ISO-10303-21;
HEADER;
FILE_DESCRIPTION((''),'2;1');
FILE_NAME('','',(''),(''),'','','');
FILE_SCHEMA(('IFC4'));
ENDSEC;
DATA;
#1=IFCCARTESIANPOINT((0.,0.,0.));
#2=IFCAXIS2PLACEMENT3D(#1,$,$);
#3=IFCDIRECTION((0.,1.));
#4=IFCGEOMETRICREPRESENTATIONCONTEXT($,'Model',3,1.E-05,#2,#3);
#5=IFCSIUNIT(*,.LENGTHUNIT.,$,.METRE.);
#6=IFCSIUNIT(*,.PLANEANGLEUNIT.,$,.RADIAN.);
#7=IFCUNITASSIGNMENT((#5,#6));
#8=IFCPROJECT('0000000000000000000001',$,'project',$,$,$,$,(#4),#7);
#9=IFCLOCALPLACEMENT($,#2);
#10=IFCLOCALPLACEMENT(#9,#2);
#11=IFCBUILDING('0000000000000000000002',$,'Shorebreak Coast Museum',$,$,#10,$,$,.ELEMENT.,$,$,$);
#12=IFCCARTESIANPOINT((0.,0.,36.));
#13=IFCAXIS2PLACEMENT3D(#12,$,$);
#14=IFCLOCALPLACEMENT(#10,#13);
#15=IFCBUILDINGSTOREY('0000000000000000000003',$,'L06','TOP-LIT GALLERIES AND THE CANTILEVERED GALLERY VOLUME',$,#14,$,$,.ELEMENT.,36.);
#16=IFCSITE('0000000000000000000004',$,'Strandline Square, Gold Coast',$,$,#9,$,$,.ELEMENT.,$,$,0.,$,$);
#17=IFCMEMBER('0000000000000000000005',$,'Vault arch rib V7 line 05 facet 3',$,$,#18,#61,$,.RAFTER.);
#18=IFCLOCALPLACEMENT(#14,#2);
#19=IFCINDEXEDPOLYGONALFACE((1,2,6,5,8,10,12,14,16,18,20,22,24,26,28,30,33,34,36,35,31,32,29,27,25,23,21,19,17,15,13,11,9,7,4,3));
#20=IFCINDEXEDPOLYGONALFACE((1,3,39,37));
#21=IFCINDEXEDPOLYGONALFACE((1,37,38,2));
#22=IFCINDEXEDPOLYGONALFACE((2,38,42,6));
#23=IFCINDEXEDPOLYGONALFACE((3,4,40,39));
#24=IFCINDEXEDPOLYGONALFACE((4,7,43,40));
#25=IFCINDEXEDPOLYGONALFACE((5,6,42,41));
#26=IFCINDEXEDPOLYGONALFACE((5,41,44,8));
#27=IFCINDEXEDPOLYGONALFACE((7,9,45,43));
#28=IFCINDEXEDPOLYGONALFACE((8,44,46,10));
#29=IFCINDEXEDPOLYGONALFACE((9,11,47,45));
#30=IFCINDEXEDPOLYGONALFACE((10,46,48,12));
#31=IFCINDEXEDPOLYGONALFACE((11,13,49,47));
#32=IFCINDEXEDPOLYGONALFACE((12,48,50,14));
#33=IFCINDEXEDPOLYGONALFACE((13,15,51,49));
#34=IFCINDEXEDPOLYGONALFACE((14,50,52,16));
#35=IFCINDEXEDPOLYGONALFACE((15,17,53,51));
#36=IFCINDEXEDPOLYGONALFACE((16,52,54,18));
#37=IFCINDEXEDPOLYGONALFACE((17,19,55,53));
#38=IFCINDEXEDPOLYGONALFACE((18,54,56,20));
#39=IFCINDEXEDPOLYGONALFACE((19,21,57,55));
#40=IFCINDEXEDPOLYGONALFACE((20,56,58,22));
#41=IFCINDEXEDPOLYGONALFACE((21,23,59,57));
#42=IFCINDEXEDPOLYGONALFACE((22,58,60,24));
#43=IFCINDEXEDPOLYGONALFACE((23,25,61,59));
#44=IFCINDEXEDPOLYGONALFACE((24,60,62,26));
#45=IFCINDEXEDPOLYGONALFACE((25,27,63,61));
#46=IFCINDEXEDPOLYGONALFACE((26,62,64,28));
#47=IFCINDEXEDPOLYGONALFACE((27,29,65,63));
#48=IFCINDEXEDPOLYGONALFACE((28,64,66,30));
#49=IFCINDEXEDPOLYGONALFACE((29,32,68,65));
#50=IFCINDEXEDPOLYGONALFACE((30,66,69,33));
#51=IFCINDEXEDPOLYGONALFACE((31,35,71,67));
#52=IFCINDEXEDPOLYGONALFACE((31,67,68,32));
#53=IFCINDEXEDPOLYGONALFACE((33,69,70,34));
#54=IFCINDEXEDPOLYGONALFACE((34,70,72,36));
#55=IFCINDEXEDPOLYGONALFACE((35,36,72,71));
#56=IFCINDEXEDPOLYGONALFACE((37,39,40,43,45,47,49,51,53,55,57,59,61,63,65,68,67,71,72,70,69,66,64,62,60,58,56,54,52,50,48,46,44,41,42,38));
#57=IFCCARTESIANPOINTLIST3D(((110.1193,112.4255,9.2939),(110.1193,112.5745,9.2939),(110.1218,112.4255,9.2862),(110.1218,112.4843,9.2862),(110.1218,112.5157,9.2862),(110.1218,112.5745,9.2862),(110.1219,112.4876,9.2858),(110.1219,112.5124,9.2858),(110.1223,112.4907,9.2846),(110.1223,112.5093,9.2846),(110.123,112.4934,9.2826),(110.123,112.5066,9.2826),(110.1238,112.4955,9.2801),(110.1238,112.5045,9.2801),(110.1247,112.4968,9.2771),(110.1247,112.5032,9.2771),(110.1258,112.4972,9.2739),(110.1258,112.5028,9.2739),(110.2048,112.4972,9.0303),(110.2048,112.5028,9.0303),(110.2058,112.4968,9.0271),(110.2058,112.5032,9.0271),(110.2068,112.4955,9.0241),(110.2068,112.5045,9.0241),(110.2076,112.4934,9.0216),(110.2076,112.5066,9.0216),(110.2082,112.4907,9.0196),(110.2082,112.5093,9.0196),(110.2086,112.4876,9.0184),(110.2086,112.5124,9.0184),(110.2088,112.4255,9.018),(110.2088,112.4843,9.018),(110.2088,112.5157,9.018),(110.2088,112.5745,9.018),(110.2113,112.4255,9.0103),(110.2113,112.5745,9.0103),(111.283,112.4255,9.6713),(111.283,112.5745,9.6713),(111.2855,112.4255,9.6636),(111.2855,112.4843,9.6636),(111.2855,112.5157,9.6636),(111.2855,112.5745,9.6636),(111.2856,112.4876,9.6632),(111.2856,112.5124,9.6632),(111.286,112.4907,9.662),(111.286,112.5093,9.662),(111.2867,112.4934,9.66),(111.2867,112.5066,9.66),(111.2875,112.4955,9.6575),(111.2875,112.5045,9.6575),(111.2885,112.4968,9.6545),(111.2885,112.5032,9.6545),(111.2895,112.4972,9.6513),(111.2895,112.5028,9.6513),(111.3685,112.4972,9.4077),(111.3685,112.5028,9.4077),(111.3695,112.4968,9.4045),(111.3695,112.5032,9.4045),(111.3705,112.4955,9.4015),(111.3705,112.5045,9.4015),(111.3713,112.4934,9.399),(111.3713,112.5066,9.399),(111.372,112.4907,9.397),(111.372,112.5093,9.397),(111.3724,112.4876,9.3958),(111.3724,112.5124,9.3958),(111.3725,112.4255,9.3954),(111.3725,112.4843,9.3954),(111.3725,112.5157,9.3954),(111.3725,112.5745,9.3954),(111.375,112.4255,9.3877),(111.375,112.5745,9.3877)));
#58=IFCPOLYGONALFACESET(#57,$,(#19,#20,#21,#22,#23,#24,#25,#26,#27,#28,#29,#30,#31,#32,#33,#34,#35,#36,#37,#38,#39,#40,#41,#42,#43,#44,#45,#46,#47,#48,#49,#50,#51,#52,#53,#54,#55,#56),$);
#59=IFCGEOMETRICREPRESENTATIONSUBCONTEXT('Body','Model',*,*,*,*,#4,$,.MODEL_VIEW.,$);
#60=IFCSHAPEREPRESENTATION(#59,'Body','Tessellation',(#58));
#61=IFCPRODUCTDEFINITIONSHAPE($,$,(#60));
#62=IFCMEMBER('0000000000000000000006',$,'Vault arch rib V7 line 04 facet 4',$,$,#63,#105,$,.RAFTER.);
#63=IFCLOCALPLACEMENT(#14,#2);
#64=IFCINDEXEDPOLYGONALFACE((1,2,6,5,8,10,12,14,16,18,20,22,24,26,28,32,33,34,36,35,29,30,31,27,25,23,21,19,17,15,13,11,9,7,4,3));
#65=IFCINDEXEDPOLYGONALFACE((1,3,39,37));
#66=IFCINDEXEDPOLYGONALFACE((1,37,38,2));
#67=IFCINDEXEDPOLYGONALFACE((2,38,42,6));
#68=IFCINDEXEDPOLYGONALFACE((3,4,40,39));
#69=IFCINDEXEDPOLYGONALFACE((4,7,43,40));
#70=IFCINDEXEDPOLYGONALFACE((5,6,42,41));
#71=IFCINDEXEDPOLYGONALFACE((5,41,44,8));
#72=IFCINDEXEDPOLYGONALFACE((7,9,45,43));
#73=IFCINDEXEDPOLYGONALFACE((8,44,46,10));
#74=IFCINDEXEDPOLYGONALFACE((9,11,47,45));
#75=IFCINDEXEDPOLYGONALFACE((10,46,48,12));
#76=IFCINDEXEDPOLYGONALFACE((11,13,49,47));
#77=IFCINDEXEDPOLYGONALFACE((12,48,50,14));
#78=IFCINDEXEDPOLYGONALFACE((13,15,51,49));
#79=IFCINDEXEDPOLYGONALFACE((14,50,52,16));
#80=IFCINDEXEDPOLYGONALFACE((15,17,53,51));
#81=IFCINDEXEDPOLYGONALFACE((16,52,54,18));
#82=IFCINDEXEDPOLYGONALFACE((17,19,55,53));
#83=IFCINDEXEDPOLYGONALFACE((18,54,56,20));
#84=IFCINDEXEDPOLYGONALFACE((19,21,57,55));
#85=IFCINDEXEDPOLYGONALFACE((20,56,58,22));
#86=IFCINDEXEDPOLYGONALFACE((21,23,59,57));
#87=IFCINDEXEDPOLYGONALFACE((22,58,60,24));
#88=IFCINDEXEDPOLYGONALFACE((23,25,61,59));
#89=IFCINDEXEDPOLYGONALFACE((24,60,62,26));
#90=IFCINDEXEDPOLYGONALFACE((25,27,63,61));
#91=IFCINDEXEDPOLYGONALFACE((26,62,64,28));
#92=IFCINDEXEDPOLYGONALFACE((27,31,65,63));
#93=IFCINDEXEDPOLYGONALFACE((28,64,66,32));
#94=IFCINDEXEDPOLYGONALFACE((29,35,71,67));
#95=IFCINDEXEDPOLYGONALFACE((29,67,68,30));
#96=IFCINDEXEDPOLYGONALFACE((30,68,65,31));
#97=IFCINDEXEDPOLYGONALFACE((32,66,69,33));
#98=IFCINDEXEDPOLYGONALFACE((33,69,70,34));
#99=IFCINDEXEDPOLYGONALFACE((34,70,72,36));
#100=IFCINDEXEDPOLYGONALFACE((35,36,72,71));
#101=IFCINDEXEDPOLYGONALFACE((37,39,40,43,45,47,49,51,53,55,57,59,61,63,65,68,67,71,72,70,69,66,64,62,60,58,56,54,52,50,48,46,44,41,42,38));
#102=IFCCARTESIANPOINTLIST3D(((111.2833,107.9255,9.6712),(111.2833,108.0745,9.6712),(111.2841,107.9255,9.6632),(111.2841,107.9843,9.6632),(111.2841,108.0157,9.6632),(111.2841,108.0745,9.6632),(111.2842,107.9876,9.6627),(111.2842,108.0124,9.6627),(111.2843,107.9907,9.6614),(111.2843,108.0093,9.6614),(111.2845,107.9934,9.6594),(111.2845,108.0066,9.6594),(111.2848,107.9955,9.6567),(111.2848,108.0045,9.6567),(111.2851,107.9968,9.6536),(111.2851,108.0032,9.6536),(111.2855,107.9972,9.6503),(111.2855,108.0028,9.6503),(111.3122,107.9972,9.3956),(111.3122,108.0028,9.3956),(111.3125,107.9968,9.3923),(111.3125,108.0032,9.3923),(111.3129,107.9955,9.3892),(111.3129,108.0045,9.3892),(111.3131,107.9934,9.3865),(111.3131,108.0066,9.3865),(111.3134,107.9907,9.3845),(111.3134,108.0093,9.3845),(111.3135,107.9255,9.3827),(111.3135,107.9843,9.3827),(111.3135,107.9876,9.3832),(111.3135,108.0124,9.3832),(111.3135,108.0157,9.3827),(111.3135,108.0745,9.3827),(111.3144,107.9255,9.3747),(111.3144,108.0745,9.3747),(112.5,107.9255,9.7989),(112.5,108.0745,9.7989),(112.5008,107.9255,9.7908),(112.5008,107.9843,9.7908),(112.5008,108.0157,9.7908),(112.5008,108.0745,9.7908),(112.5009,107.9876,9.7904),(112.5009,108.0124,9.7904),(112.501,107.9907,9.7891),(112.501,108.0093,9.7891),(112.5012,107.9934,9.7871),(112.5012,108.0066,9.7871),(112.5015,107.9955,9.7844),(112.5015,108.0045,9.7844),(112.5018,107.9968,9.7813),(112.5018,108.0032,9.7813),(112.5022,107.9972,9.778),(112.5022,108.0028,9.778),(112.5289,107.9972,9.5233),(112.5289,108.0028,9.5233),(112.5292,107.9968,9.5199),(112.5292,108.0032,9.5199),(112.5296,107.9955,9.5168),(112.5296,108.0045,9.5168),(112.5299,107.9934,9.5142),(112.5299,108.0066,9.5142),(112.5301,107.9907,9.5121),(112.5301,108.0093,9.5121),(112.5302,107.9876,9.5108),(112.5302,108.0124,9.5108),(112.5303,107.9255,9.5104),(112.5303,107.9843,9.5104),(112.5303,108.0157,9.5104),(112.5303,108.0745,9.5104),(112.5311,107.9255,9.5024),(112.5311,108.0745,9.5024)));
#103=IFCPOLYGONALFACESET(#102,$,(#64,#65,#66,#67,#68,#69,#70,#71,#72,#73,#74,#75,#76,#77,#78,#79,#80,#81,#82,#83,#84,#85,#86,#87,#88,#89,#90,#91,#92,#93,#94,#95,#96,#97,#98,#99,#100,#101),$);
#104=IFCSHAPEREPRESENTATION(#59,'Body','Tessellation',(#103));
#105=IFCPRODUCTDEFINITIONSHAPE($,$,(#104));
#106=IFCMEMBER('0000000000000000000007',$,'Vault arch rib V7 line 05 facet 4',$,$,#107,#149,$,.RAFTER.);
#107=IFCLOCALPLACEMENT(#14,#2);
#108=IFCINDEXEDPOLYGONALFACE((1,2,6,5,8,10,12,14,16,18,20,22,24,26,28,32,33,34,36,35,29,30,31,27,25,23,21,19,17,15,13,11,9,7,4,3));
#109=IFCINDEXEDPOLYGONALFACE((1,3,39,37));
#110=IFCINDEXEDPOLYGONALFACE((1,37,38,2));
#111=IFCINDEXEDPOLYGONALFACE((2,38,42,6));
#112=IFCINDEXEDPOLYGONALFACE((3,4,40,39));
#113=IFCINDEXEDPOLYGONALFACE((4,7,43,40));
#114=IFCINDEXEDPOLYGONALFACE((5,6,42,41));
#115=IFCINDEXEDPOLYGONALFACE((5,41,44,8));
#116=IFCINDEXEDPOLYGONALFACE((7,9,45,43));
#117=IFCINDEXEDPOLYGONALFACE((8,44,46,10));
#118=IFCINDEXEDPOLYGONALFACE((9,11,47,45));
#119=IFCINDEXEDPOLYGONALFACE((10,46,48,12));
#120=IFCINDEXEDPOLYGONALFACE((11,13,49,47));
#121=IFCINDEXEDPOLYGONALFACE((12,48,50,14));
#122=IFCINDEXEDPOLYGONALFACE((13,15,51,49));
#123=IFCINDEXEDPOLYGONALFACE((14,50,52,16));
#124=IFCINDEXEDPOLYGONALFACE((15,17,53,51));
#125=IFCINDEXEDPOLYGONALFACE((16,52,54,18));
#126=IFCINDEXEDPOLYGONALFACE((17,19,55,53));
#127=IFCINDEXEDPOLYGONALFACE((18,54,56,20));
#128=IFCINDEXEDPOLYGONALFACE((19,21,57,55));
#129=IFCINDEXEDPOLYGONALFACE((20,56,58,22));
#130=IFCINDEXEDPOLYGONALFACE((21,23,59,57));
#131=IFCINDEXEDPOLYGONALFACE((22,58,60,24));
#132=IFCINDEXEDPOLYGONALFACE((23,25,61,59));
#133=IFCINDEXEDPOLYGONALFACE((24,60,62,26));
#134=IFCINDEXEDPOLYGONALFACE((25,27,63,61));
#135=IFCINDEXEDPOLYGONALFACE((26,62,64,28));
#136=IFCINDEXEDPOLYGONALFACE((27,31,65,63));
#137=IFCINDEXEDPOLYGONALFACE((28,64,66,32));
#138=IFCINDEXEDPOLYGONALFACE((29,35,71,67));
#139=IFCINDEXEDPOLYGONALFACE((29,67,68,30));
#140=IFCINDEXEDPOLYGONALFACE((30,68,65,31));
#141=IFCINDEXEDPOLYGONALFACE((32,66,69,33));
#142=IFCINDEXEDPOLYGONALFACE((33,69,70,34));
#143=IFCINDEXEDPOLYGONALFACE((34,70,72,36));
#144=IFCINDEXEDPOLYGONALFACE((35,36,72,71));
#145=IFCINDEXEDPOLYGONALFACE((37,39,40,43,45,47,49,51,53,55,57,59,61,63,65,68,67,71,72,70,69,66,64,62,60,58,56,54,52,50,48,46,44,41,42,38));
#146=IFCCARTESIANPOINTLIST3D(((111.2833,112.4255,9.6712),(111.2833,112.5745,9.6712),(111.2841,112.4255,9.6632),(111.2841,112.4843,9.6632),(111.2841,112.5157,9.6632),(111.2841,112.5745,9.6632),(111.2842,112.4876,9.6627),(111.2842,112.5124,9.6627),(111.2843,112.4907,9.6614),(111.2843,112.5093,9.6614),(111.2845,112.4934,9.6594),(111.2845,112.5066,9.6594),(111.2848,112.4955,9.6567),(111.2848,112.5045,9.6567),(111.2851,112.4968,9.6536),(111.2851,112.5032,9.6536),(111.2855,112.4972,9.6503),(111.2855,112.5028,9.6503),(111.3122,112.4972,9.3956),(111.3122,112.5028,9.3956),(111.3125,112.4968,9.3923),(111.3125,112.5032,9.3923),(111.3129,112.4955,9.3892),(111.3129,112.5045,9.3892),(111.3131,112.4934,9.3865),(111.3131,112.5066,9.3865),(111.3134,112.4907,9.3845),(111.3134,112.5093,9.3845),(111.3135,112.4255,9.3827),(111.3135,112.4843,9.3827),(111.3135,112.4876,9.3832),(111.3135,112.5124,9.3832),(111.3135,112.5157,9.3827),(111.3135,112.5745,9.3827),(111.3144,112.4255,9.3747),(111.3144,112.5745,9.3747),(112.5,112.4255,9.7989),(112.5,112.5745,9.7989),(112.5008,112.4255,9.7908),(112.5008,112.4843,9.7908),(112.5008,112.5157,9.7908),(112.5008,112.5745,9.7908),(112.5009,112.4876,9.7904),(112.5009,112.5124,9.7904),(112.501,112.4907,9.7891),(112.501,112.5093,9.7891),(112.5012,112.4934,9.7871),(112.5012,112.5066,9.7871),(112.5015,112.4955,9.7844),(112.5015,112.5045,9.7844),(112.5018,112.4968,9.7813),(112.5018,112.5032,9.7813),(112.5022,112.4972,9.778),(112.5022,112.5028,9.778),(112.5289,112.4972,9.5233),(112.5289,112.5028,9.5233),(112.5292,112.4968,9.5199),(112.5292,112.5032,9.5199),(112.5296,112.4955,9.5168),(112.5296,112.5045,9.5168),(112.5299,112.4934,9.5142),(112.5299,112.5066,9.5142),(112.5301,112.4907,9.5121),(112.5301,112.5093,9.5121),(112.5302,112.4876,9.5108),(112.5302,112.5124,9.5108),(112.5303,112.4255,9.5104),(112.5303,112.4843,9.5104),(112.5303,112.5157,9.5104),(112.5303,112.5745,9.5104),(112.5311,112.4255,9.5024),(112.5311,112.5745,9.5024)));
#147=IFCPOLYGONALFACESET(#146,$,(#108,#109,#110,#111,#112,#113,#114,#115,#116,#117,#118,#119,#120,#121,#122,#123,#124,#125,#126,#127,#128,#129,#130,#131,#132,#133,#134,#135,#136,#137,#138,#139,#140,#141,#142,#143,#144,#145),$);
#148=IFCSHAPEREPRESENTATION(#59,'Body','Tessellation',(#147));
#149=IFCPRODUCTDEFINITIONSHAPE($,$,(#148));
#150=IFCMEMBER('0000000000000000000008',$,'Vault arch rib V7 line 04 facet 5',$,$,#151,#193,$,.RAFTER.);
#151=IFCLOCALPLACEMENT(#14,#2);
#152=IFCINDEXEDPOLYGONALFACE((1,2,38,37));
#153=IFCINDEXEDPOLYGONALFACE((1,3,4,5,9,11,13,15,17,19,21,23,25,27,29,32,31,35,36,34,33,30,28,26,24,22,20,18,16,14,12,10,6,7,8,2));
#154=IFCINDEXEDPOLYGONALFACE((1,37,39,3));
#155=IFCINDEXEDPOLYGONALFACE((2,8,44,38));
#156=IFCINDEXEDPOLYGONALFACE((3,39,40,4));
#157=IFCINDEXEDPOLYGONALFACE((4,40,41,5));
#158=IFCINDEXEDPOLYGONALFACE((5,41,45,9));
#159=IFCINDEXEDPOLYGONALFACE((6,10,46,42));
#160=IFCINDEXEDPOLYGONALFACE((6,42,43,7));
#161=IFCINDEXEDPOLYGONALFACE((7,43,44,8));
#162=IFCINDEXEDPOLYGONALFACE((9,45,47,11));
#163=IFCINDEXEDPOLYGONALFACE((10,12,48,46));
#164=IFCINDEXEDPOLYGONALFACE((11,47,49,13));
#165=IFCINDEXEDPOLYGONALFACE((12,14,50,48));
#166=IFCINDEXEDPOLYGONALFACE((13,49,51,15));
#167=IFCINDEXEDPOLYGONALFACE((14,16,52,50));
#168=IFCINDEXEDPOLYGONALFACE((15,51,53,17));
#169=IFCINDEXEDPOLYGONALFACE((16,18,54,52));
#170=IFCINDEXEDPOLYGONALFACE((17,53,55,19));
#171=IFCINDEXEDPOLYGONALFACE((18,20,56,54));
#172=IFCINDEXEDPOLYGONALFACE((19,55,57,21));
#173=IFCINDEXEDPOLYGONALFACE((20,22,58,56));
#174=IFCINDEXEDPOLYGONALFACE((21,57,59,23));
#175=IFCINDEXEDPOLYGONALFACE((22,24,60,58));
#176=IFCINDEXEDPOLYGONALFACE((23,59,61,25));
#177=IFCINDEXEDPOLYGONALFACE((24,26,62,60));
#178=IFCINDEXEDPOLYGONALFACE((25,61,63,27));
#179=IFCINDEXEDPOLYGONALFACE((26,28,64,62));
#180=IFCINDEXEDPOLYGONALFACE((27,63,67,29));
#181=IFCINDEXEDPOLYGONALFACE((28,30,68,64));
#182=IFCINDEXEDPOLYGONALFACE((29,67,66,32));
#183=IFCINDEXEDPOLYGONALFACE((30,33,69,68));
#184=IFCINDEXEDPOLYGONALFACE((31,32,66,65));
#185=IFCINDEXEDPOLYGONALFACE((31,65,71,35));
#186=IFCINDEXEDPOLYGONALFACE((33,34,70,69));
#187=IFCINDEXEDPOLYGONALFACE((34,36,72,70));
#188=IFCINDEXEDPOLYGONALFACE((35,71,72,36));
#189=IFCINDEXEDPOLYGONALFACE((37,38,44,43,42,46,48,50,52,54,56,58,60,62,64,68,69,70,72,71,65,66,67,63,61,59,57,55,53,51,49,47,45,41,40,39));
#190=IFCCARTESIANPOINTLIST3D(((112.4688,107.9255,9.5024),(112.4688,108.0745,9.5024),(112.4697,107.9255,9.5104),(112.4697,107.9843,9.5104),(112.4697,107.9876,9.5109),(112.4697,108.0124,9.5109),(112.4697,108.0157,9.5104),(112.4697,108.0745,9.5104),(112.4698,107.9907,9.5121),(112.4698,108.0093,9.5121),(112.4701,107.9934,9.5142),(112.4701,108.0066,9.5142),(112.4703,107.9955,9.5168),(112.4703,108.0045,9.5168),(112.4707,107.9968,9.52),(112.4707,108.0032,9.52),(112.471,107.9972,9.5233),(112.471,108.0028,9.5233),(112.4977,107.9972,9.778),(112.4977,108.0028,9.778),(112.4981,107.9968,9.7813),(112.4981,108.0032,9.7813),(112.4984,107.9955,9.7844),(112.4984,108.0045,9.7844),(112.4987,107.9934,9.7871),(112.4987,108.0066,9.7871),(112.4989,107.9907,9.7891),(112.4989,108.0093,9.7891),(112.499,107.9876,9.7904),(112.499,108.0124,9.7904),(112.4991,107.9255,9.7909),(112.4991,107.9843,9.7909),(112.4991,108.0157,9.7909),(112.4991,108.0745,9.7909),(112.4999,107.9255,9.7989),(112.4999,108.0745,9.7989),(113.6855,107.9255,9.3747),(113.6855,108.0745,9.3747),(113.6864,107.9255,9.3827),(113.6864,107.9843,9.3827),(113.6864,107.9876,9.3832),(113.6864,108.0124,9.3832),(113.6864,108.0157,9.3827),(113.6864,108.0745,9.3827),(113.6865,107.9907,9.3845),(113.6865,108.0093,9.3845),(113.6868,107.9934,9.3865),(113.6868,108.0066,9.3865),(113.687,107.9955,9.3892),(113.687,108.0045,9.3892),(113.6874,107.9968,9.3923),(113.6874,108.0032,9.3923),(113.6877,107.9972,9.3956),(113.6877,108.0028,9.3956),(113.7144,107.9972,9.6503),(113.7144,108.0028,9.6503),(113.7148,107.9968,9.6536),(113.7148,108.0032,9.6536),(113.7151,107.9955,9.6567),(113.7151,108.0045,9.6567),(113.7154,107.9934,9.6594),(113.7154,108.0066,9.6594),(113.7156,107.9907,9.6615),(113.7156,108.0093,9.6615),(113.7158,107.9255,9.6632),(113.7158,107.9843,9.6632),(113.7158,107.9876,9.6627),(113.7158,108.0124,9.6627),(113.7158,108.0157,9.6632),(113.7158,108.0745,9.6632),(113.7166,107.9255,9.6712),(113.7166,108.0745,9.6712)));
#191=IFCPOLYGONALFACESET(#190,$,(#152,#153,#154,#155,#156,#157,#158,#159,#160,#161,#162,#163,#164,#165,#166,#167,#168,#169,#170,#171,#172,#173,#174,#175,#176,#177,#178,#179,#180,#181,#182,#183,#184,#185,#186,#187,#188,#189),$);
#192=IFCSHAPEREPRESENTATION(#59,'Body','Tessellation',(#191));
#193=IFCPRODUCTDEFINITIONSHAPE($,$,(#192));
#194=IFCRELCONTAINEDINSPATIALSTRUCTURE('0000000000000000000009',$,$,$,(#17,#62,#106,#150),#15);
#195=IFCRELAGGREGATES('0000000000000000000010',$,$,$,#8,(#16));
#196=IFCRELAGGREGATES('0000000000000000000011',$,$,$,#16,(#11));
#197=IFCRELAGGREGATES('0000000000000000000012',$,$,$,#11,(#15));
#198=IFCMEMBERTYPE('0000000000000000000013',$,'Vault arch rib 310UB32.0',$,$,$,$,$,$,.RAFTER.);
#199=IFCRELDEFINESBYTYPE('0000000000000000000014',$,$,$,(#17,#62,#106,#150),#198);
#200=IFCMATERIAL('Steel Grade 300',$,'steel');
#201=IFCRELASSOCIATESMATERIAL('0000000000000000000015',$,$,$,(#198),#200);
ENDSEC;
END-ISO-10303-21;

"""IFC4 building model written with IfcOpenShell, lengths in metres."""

from ifc_helpers import new_model, si_unit, direction, frame, origin, origin_2d, place, context, subcontext, project, spatial, i_section, extrude, material, material_profile, profile_set, type_object, element, save


model = new_model("IFC4")

# Units and contexts
model_context = context("Model", 3, precision=1e-05, world=origin(), true_north=direction((0.0, 1.0)))
body_context = subcontext(model_context, "Body", "Model", "MODEL_VIEW")
ifc_project = project(units=[si_unit("LENGTHUNIT", "METRE"), si_unit("PLANEANGLEUNIT", "RADIAN")], contexts=[model_context])

# Site, building, storey
site_placement = place(None, origin())
site = spatial("IfcSite", under=ifc_project, at=site_placement, Name="Strandline Square, Gold Coast", CompositionType="ELEMENT", RefElevation=0.0)
building_placement = place(site_placement, origin())
building = spatial("IfcBuilding", under=site, at=building_placement, Name="Shorebreak Coast Museum", CompositionType="ELEMENT")
storey_placement = place(building_placement, frame((0.0, 0.0, 36.0)))
storey = spatial("IfcBuildingStorey", under=building, at=storey_placement, Name="L06", Description="TOP-LIT GALLERIES AND THE CANTILEVERED GALLERY VOLUME", CompositionType="ELEMENT", Elevation=36.0)

# Members
ifc_material_1 = material(Name="Steel Grade 300", Category="steel")
ifc_material_profile_1 = material_profile(ifc_material_1, i_section(OverallWidth=0.1489, OverallDepth=0.2981, WebThickness=0.0056, FlangeThickness=0.0081, FilletRadius=0.0129, at=origin_2d()), Name="310UB32.0")
ifc_profile_set_1 = profile_set([ifc_material_profile_1], Name="Steel Grade 300")
member_type_1 = type_object("IfcMemberType", Name="Vault arch rib 310UB32.0", PredefinedType="RAFTER", material=ifc_profile_set_1)
for number, where, z_axis, x_axis, name in (
    (1, (110.1653, 112.5, 9.1521), (0.951226, 0.0, 0.308495), (0.0, 1.0, 0.0), "Vault arch rib V7 line 05 facet 3"),
    (2, (111.2988, 108.0, 9.5229), (0.994539, 0.0, 0.104363), (0.0, 1.0, 0.0), "Vault arch rib V7 line 04 facet 4"),
    (3, (111.2988, 112.5, 9.5229), (0.994539, 0.0, 0.104363), (0.0, 1.0, 0.0), "Vault arch rib V7 line 05 facet 4"),
    (4, (112.4844, 108.0, 9.6506), (0.994539, 0.0, -0.104363), (0.0, 1.0, 0.0), "Vault arch rib V7 line 04 facet 5"),
):
    element("IfcMember", number, at=place(storey_placement, frame(where, z_axis=z_axis, x_axis=x_axis)), inside=storey, type_object=member_type_1, Name=name, PredefinedType="RAFTER", context=body_context, shape_type="SweptSolid", body=[
        extrude(i_section(OverallWidth=0.1489, OverallDepth=0.2981, WebThickness=0.0056, FlangeThickness=0.0081, FilletRadius=0.0129, at=origin_2d()), origin(), (0.0, 0.0, 1.0), 1.2234),
    ])

save(model, "model.ifc")
